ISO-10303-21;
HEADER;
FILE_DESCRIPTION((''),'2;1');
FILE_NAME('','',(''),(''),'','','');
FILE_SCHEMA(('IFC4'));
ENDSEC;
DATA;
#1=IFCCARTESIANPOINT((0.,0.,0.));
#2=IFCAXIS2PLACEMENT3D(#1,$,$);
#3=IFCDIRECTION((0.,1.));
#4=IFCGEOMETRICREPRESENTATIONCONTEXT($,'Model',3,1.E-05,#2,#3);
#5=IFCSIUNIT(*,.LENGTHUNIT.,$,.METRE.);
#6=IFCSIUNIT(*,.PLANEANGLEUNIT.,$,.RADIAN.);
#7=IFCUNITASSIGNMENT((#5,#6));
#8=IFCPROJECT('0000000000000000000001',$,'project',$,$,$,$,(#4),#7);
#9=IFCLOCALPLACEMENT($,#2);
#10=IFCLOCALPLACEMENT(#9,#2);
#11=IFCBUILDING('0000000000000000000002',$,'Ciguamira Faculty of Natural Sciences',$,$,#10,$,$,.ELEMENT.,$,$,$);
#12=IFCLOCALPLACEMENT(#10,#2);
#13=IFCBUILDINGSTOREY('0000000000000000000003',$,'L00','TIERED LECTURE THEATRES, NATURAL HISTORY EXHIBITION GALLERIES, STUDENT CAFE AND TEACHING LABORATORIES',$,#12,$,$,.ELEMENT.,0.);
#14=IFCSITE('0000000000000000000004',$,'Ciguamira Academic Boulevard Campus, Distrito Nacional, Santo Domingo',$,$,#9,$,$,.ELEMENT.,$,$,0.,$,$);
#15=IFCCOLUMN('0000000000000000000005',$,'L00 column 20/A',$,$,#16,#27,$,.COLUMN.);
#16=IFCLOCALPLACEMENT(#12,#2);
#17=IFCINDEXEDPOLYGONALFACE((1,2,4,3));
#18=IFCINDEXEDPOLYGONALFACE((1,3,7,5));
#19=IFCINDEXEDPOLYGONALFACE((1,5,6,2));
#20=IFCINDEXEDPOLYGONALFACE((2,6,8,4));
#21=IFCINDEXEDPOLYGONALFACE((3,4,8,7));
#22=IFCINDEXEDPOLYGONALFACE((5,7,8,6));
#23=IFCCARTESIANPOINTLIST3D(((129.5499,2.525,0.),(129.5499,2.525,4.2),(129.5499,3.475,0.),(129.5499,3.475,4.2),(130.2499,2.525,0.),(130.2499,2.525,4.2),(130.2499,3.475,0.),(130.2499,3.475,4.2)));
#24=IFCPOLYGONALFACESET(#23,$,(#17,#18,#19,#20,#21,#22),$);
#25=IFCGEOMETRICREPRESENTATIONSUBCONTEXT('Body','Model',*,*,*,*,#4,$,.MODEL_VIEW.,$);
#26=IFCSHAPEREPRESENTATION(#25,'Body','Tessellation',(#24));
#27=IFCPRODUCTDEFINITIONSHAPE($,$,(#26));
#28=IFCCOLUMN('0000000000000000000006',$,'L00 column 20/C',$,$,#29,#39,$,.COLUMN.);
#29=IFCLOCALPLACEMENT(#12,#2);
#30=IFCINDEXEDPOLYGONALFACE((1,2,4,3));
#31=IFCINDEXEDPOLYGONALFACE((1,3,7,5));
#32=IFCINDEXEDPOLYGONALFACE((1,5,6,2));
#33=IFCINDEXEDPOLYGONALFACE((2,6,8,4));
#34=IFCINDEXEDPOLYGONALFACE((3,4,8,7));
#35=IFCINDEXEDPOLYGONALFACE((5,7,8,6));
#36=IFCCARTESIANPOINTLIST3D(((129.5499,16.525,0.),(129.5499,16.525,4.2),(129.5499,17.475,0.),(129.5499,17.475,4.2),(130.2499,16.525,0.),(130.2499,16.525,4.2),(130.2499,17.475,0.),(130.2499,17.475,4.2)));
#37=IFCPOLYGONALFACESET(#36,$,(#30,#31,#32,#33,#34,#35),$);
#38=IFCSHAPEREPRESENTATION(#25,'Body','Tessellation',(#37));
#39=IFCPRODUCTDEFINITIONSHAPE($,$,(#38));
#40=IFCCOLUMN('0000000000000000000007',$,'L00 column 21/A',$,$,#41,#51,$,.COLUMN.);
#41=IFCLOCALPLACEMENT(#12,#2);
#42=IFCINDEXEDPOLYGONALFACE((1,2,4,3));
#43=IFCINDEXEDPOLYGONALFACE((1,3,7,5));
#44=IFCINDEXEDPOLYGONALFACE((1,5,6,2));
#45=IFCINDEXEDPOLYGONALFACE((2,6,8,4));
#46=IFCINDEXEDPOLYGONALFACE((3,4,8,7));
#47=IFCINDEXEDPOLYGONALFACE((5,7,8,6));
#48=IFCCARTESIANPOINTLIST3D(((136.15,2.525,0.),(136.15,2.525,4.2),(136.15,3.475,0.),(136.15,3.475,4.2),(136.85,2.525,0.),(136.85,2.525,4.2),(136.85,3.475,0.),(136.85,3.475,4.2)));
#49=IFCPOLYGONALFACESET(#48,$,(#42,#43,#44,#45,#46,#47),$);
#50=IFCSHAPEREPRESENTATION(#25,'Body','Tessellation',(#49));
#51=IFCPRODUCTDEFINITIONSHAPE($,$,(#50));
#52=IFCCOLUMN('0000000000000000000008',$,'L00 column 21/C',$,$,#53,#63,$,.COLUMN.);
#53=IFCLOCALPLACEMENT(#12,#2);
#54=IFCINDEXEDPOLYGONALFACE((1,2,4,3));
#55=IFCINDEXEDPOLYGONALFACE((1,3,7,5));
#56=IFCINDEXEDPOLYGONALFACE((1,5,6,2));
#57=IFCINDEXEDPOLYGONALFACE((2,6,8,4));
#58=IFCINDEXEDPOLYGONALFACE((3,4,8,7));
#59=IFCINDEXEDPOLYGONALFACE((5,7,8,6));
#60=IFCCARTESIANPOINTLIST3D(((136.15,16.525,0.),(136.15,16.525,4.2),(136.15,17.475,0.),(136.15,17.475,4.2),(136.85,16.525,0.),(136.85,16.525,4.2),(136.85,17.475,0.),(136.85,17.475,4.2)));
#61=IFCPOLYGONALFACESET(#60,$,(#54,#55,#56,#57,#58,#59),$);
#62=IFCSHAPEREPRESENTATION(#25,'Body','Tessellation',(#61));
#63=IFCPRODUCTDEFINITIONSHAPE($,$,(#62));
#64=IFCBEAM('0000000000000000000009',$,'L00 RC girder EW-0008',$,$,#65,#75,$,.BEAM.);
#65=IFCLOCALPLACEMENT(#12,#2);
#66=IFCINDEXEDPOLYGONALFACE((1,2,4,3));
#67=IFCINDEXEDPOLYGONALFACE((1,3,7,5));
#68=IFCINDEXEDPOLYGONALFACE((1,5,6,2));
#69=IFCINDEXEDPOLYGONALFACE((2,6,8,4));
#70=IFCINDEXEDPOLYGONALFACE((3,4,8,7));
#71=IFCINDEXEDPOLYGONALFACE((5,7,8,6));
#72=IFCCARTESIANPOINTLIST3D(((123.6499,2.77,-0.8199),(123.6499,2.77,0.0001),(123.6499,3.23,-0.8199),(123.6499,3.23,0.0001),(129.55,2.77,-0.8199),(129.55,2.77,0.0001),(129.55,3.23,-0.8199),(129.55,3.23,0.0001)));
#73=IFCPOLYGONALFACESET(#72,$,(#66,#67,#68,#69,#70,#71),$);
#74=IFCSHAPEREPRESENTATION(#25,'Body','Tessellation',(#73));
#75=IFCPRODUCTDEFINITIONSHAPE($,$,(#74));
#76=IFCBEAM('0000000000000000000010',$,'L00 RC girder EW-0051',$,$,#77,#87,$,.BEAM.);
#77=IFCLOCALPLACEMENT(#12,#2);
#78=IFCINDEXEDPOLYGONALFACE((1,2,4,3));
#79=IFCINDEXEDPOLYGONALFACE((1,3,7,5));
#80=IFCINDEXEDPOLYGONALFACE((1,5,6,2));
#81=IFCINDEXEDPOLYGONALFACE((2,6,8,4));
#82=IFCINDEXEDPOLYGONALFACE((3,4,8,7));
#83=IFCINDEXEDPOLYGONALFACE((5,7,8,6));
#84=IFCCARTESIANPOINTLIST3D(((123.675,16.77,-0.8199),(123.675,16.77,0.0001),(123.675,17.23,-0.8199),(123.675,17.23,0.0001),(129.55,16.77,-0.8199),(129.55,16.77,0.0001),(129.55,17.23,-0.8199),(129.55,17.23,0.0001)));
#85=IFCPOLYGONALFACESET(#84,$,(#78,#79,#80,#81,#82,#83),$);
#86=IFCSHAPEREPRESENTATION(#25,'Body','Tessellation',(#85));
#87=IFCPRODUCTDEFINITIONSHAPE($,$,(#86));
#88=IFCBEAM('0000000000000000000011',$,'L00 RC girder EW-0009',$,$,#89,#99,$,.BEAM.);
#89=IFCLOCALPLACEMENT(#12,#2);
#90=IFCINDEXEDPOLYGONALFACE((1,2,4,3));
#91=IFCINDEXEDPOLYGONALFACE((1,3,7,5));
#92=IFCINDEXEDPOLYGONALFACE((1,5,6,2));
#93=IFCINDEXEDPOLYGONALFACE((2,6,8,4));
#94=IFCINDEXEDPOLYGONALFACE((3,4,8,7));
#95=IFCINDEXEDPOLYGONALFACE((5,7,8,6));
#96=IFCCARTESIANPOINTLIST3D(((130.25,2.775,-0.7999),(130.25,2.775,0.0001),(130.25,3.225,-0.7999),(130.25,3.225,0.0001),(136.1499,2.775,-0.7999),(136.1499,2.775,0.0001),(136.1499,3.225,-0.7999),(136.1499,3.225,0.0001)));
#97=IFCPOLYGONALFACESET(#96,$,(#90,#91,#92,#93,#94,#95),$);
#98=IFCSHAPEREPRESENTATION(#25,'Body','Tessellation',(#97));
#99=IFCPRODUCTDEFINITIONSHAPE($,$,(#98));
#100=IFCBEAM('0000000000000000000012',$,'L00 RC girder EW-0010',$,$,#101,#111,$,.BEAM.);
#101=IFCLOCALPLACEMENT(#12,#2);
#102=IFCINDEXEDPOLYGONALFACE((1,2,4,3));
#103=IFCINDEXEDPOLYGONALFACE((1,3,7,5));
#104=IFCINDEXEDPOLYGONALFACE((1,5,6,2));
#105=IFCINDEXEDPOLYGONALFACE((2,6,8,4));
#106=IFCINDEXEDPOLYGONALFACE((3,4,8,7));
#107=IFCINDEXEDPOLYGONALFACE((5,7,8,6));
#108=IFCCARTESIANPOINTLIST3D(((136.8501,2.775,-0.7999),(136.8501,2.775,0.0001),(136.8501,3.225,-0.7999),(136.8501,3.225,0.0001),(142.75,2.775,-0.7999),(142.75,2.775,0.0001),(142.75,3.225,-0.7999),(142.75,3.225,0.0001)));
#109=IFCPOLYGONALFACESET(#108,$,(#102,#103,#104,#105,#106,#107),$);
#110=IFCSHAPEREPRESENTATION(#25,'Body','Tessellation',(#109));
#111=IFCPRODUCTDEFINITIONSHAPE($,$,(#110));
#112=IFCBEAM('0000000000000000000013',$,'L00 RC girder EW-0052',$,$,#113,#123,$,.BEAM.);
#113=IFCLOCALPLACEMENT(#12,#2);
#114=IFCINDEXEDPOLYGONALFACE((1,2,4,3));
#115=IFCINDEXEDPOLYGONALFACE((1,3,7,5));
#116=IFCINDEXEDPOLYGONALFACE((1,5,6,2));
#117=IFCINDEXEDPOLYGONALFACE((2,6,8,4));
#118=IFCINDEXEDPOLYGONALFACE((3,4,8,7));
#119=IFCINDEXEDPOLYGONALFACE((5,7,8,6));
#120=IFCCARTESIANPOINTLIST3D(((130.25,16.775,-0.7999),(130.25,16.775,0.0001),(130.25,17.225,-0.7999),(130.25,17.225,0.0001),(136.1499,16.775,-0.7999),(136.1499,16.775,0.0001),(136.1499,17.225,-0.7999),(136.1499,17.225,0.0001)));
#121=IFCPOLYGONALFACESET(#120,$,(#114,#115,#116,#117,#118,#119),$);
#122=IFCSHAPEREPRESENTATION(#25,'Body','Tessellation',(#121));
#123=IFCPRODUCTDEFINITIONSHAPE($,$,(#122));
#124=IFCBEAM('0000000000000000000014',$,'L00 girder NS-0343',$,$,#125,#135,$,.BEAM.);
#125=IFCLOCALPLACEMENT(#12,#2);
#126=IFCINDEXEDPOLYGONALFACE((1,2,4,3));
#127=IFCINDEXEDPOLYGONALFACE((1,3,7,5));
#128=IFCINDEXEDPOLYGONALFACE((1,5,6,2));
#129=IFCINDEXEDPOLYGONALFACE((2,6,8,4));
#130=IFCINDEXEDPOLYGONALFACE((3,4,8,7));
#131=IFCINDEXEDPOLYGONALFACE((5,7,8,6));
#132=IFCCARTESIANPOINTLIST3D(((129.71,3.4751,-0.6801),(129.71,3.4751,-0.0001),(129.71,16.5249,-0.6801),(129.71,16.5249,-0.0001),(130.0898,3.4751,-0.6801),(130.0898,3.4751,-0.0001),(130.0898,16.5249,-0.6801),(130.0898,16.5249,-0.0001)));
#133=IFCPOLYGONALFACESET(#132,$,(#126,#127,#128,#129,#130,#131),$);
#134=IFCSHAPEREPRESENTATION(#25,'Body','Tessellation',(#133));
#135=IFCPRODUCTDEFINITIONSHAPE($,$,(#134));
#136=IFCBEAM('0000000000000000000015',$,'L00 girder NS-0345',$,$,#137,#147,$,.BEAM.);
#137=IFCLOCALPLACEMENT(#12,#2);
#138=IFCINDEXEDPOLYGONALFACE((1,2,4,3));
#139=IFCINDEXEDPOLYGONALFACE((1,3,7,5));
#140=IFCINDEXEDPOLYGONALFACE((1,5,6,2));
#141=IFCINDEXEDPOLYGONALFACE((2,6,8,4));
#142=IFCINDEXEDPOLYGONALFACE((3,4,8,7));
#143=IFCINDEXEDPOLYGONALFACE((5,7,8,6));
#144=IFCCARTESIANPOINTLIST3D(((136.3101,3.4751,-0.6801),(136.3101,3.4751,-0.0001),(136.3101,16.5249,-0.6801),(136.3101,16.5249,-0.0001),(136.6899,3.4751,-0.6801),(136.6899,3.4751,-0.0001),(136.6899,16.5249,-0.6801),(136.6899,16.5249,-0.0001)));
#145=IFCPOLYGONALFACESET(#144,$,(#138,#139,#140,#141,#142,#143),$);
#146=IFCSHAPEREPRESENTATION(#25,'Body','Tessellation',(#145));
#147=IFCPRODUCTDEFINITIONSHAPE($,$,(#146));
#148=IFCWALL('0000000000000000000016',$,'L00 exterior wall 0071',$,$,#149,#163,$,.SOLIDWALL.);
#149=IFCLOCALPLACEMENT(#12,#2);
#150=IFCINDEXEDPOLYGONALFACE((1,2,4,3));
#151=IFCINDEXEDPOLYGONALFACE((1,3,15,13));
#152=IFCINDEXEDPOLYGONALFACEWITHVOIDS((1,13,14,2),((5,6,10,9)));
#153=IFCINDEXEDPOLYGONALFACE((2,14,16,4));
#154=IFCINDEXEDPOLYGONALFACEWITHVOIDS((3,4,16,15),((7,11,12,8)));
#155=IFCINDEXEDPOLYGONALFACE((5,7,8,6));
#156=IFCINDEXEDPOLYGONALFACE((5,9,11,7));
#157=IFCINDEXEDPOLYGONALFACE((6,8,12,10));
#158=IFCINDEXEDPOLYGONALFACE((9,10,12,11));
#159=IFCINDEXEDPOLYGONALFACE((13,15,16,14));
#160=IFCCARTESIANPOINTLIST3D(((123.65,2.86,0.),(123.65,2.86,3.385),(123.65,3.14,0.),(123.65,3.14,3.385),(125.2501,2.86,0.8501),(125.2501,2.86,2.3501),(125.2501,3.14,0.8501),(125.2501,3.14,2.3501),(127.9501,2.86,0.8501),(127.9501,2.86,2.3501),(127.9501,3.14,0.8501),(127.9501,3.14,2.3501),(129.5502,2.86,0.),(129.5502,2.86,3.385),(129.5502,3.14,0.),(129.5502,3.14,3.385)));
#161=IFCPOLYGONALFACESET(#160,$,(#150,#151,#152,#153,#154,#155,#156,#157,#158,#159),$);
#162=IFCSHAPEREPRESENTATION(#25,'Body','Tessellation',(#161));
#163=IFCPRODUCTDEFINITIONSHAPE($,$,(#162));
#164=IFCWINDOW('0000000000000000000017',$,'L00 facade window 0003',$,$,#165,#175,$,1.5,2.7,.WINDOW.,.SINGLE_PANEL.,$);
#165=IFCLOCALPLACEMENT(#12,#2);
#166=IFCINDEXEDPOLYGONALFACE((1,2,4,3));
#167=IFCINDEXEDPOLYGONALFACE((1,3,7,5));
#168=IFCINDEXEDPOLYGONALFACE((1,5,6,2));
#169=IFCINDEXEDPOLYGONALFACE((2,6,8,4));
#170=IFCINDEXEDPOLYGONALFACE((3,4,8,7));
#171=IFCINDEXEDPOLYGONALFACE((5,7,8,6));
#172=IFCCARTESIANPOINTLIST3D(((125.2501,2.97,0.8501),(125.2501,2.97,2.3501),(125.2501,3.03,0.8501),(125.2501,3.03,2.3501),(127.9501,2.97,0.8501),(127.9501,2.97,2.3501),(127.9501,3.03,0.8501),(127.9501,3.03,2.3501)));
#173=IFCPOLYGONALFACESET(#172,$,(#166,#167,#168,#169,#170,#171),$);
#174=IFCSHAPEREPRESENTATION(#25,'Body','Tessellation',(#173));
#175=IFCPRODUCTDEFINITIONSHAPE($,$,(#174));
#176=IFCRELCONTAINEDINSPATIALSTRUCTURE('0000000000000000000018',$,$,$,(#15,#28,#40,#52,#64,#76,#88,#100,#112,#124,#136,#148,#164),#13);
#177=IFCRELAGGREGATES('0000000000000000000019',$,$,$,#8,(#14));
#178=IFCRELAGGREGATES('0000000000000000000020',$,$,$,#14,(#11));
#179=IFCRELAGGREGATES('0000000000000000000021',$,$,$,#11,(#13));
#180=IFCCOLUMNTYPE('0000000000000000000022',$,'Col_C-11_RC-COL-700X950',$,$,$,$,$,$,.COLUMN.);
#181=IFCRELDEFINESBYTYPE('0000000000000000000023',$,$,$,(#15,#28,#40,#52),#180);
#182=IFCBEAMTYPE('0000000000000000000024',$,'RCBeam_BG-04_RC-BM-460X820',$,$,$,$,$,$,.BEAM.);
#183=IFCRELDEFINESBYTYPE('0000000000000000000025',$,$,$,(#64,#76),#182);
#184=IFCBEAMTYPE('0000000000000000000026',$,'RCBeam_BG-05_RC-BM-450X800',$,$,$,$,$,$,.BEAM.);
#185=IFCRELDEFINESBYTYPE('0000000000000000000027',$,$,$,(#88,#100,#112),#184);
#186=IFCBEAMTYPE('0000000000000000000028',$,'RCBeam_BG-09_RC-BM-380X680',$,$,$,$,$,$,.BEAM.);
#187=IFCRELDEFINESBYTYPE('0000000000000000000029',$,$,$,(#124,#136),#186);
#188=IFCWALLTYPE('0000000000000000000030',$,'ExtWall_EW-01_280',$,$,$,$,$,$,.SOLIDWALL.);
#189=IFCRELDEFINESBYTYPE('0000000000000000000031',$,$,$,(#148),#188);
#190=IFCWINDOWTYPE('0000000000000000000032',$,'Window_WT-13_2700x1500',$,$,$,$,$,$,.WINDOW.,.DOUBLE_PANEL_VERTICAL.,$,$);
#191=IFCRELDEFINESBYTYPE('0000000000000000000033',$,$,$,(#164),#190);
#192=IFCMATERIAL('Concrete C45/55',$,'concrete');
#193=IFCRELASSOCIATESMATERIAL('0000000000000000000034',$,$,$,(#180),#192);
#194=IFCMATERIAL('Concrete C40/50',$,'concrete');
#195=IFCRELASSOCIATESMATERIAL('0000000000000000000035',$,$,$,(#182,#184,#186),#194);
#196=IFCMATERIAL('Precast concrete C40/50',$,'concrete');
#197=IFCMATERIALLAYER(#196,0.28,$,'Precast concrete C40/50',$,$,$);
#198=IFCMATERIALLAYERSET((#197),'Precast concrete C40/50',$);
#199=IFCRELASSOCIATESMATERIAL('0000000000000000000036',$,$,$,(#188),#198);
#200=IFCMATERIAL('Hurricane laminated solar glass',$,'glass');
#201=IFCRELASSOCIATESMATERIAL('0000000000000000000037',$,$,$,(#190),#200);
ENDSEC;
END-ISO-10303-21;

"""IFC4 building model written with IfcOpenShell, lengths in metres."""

from ifc_helpers import new_model, si_unit, direction, frame, frame_2d, origin, origin_2d, place, context, subcontext, project, spatial, rectangle, extrude, material, layer, layer_set, material_profile, profile_set, type_object, element, fill, save


model = new_model("IFC4")

# Units and contexts
model_context = context("Model", 3, precision=1e-05, world=origin(), true_north=direction((0.0, 1.0)))
body_context = subcontext(model_context, "Body", "Model", "MODEL_VIEW")
ifc_project = project(units=[si_unit("LENGTHUNIT", "METRE"), si_unit("PLANEANGLEUNIT", "RADIAN")], contexts=[model_context])

# Site, building, storey
site_placement = place(None, origin())
site = spatial("IfcSite", under=ifc_project, at=site_placement, Name="Ciguamira Academic Boulevard Campus, Distrito Nacional, Santo Domingo", CompositionType="ELEMENT", RefElevation=0.0)
building_placement = place(site_placement, origin())
building = spatial("IfcBuilding", under=site, at=building_placement, Name="Ciguamira Faculty of Natural Sciences", CompositionType="ELEMENT")
storey_placement = place(building_placement, origin())
storey = spatial("IfcBuildingStorey", under=building, at=storey_placement, Name="L00", Description="TIERED LECTURE THEATRES, NATURAL HISTORY EXHIBITION GALLERIES, STUDENT CAFE AND TEACHING LABORATORIES", CompositionType="ELEMENT", Elevation=0.0)

# Columns
ifc_material_1 = material(Name="Concrete C45/55", Category="concrete")
ifc_material_profile_1 = material_profile(ifc_material_1, rectangle(XDim=0.7, YDim=0.95, at=origin_2d()), Name="RC-COL-700X950")
ifc_profile_set_1 = profile_set([ifc_material_profile_1], Name="Concrete C45/55")
column_type = type_object("IfcColumnType", Name="Col_C-11_RC-COL-700X950", PredefinedType="COLUMN", material=ifc_profile_set_1)
for number, where, z_axis, x_axis, name in (
    (1, (129.8999, 3.0, 0.0), (0.0, 0.0, 1.0), (1.0, 0.0, 0.0), "L00 column 20/A"),
    (2, (129.8999, 17.0, 0.0), (0.0, 0.0, 1.0), (1.0, 0.0, 0.0), "L00 column 20/C"),
    (3, (136.5, 3.0, 0.0), (0.0, 0.0, 1.0), (1.0, 0.0, 0.0), "L00 column 21/A"),
    (4, (136.5, 17.0, 0.0), (0.0, 0.0, 1.0), (1.0, 0.0, 0.0), "L00 column 21/C"),
):
    element("IfcColumn", number, at=place(storey_placement, frame(where, z_axis=z_axis, x_axis=x_axis)), inside=storey, type_object=column_type, Name=name, PredefinedType="COLUMN", context=body_context, shape_type="SweptSolid", body=[
        extrude(rectangle(XDim=0.7, YDim=0.95, at=origin_2d()), origin(), (0.0, 0.0, 1.0), 4.2),
    ])

# Beams
ifc_material_2 = material(Name="Concrete C40/50", Category="concrete")
ifc_material_profile_2 = material_profile(ifc_material_2, rectangle(XDim=0.46, YDim=0.8201, at=origin_2d()), Name="RC-BM-460X820")
ifc_profile_set_2 = profile_set([ifc_material_profile_2], Name="Concrete C40/50")
beam_type_1 = type_object("IfcBeamType", Name="RCBeam_BG-04_RC-BM-460X820", PredefinedType="BEAM", material=ifc_profile_set_2)
beam_1_placement = place(storey_placement, frame((123.6499, 3.0, -0.4099), z_axis=(1.0, 0.0, 0.0), x_axis=(0.0, 1.0, 0.0)))
element("IfcBeam", 5, at=beam_1_placement, inside=storey, type_object=beam_type_1, Name="L00 RC girder EW-0008", PredefinedType="BEAM", context=body_context, shape_type="SweptSolid", body=[
    extrude(rectangle(XDim=0.46, YDim=0.8201, at=origin_2d()), origin(), (0.0, 0.0, 1.0), 5.9001),
])
beam_2_placement = place(storey_placement, frame((123.675, 17.0, -0.4099), z_axis=(1.0, 0.0, 0.0), x_axis=(0.0, 1.0, 0.0)))
element("IfcBeam", 6, at=beam_2_placement, inside=storey, type_object=beam_type_1, Name="L00 RC girder EW-0051", PredefinedType="BEAM", context=body_context, shape_type="SweptSolid", body=[
    extrude(rectangle(XDim=0.46, YDim=0.8201, at=origin_2d()), origin(), (0.0, 0.0, 1.0), 5.875),
])
ifc_material_profile_3 = material_profile(ifc_material_2, rectangle(XDim=0.45, YDim=0.8, at=origin_2d()), Name="RC-BM-450X800")
ifc_profile_set_3 = profile_set([ifc_material_profile_3], Name="Concrete C40/50")
beam_type_2 = type_object("IfcBeamType", Name="RCBeam_BG-05_RC-BM-450X800", PredefinedType="BEAM", material=ifc_profile_set_3)
for number, where, z_axis, x_axis, name in (
    (7, (130.25, 3.0, -0.3999), (1.0, 0.0, 0.0), (0.0, 1.0, 0.0), "L00 RC girder EW-0009"),
    (8, (136.8501, 3.0, -0.3999), (1.0, 0.0, 0.0), (0.0, 1.0, 0.0), "L00 RC girder EW-0010"),
    (9, (130.25, 17.0, -0.3999), (1.0, 0.0, 0.0), (0.0, 1.0, 0.0), "L00 RC girder EW-0052"),
):
    element("IfcBeam", number, at=place(storey_placement, frame(where, z_axis=z_axis, x_axis=x_axis)), inside=storey, type_object=beam_type_2, Name=name, PredefinedType="BEAM", context=body_context, shape_type="SweptSolid", body=[
        extrude(rectangle(XDim=0.45, YDim=0.8, at=origin_2d()), origin(), (0.0, 0.0, 1.0), 5.8999),
    ])
ifc_material_profile_4 = material_profile(ifc_material_2, rectangle(XDim=0.3799, YDim=0.6799, at=origin_2d()), Name="RC-BM-380X680")
ifc_profile_set_4 = profile_set([ifc_material_profile_4], Name="Concrete C40/50")
beam_type_3 = type_object("IfcBeamType", Name="RCBeam_BG-09_RC-BM-380X680", PredefinedType="BEAM", material=ifc_profile_set_4)
for number, where, z_axis, x_axis, name in (
    (10, (129.8999, 3.4751, -0.3401), (0.0, 1.0, 0.0), (-1.0, 0.0, 0.0), "L00 girder NS-0343"),
    (11, (136.5, 3.4751, -0.3401), (0.0, 1.0, 0.0), (-1.0, 0.0, 0.0), "L00 girder NS-0345"),
):
    element("IfcBeam", number, at=place(storey_placement, frame(where, z_axis=z_axis, x_axis=x_axis)), inside=storey, type_object=beam_type_3, Name=name, PredefinedType="BEAM", context=body_context, shape_type="SweptSolid", body=[
        extrude(rectangle(XDim=0.3799, YDim=0.6799, at=origin_2d()), origin(), (0.0, 0.0, 1.0), 13.0498),
    ])

# Wall, opening, window
ifc_material_3 = material(Name="Precast concrete C40/50", Category="concrete")
ifc_layer_1 = layer(ifc_material_3, 0.28, Name="Precast concrete C40/50")
ifc_layer_set_1 = layer_set([ifc_layer_1], Name="Precast concrete C40/50")
wall_type_1 = type_object("IfcWallType", Name="ExtWall_EW-01_280", PredefinedType="SOLIDWALL", material=ifc_layer_set_1)
wall_1_placement = place(storey_placement, frame((123.6499, 3.0, 0.0), z_axis=(0.0, 0.0, 1.0), x_axis=(1.0, 0.0, 0.0)))
wall_1 = element("IfcWall", 12, at=wall_1_placement, inside=storey, type_object=wall_type_1, Name="L00 exterior wall 0071", PredefinedType="SOLIDWALL", context=body_context, shape_type="SweptSolid", body=[
    extrude(rectangle(XDim=5.9001, YDim=0.28, at=frame_2d((2.9502, 0.0))), origin(), (0.0, 0.0, 1.0), 3.385),
])
opening_1_placement = place(wall_1_placement, frame((1.6001, 0.0, 0.8501)))
opening_1 = element("IfcOpeningElement", 13, at=opening_1_placement, cuts=wall_1, PredefinedType="OPENING", context=body_context, shape_type="SweptSolid", body=[
    extrude(rectangle(XDim=2.7, YDim=1.5, at=frame_2d((1.3501, 0.75))), frame((0.0, 0.1499, 0.0), z_axis=(0.0, -1.0, 0.0), x_axis=(1.0, 0.0, 0.0)), (0.0, 0.0, 1.0), 0.3),
])
ifc_material_4 = material(Name="Hurricane laminated solar glass", Category="glass")
window_type_1 = type_object("IfcWindowType", Name="Window_WT-13_2700x1500", PartitioningType="DOUBLE_PANEL_VERTICAL", PredefinedType="WINDOW", material=ifc_material_4)
window_1_placement = place(opening_1_placement, origin())
window_1 = element("IfcWindow", 14, at=window_1_placement, inside=storey, type_object=window_type_1, Name="L00 facade window 0003", OverallHeight=1.5, OverallWidth=2.7, PartitioningType="SINGLE_PANEL", PredefinedType="WINDOW", context=body_context, shape_type="SweptSolid", body=[
    extrude(rectangle(XDim=2.7, YDim=1.5, at=frame_2d((1.3501, 0.75))), frame((0.0, 0.03, 0.0), z_axis=(0.0, -1.0, 0.0), x_axis=(1.0, 0.0, 0.0)), (0.0, 0.0, 1.0), 0.0601),
])
fill(opening_1, window_1)

save(model, "model.ifc")
